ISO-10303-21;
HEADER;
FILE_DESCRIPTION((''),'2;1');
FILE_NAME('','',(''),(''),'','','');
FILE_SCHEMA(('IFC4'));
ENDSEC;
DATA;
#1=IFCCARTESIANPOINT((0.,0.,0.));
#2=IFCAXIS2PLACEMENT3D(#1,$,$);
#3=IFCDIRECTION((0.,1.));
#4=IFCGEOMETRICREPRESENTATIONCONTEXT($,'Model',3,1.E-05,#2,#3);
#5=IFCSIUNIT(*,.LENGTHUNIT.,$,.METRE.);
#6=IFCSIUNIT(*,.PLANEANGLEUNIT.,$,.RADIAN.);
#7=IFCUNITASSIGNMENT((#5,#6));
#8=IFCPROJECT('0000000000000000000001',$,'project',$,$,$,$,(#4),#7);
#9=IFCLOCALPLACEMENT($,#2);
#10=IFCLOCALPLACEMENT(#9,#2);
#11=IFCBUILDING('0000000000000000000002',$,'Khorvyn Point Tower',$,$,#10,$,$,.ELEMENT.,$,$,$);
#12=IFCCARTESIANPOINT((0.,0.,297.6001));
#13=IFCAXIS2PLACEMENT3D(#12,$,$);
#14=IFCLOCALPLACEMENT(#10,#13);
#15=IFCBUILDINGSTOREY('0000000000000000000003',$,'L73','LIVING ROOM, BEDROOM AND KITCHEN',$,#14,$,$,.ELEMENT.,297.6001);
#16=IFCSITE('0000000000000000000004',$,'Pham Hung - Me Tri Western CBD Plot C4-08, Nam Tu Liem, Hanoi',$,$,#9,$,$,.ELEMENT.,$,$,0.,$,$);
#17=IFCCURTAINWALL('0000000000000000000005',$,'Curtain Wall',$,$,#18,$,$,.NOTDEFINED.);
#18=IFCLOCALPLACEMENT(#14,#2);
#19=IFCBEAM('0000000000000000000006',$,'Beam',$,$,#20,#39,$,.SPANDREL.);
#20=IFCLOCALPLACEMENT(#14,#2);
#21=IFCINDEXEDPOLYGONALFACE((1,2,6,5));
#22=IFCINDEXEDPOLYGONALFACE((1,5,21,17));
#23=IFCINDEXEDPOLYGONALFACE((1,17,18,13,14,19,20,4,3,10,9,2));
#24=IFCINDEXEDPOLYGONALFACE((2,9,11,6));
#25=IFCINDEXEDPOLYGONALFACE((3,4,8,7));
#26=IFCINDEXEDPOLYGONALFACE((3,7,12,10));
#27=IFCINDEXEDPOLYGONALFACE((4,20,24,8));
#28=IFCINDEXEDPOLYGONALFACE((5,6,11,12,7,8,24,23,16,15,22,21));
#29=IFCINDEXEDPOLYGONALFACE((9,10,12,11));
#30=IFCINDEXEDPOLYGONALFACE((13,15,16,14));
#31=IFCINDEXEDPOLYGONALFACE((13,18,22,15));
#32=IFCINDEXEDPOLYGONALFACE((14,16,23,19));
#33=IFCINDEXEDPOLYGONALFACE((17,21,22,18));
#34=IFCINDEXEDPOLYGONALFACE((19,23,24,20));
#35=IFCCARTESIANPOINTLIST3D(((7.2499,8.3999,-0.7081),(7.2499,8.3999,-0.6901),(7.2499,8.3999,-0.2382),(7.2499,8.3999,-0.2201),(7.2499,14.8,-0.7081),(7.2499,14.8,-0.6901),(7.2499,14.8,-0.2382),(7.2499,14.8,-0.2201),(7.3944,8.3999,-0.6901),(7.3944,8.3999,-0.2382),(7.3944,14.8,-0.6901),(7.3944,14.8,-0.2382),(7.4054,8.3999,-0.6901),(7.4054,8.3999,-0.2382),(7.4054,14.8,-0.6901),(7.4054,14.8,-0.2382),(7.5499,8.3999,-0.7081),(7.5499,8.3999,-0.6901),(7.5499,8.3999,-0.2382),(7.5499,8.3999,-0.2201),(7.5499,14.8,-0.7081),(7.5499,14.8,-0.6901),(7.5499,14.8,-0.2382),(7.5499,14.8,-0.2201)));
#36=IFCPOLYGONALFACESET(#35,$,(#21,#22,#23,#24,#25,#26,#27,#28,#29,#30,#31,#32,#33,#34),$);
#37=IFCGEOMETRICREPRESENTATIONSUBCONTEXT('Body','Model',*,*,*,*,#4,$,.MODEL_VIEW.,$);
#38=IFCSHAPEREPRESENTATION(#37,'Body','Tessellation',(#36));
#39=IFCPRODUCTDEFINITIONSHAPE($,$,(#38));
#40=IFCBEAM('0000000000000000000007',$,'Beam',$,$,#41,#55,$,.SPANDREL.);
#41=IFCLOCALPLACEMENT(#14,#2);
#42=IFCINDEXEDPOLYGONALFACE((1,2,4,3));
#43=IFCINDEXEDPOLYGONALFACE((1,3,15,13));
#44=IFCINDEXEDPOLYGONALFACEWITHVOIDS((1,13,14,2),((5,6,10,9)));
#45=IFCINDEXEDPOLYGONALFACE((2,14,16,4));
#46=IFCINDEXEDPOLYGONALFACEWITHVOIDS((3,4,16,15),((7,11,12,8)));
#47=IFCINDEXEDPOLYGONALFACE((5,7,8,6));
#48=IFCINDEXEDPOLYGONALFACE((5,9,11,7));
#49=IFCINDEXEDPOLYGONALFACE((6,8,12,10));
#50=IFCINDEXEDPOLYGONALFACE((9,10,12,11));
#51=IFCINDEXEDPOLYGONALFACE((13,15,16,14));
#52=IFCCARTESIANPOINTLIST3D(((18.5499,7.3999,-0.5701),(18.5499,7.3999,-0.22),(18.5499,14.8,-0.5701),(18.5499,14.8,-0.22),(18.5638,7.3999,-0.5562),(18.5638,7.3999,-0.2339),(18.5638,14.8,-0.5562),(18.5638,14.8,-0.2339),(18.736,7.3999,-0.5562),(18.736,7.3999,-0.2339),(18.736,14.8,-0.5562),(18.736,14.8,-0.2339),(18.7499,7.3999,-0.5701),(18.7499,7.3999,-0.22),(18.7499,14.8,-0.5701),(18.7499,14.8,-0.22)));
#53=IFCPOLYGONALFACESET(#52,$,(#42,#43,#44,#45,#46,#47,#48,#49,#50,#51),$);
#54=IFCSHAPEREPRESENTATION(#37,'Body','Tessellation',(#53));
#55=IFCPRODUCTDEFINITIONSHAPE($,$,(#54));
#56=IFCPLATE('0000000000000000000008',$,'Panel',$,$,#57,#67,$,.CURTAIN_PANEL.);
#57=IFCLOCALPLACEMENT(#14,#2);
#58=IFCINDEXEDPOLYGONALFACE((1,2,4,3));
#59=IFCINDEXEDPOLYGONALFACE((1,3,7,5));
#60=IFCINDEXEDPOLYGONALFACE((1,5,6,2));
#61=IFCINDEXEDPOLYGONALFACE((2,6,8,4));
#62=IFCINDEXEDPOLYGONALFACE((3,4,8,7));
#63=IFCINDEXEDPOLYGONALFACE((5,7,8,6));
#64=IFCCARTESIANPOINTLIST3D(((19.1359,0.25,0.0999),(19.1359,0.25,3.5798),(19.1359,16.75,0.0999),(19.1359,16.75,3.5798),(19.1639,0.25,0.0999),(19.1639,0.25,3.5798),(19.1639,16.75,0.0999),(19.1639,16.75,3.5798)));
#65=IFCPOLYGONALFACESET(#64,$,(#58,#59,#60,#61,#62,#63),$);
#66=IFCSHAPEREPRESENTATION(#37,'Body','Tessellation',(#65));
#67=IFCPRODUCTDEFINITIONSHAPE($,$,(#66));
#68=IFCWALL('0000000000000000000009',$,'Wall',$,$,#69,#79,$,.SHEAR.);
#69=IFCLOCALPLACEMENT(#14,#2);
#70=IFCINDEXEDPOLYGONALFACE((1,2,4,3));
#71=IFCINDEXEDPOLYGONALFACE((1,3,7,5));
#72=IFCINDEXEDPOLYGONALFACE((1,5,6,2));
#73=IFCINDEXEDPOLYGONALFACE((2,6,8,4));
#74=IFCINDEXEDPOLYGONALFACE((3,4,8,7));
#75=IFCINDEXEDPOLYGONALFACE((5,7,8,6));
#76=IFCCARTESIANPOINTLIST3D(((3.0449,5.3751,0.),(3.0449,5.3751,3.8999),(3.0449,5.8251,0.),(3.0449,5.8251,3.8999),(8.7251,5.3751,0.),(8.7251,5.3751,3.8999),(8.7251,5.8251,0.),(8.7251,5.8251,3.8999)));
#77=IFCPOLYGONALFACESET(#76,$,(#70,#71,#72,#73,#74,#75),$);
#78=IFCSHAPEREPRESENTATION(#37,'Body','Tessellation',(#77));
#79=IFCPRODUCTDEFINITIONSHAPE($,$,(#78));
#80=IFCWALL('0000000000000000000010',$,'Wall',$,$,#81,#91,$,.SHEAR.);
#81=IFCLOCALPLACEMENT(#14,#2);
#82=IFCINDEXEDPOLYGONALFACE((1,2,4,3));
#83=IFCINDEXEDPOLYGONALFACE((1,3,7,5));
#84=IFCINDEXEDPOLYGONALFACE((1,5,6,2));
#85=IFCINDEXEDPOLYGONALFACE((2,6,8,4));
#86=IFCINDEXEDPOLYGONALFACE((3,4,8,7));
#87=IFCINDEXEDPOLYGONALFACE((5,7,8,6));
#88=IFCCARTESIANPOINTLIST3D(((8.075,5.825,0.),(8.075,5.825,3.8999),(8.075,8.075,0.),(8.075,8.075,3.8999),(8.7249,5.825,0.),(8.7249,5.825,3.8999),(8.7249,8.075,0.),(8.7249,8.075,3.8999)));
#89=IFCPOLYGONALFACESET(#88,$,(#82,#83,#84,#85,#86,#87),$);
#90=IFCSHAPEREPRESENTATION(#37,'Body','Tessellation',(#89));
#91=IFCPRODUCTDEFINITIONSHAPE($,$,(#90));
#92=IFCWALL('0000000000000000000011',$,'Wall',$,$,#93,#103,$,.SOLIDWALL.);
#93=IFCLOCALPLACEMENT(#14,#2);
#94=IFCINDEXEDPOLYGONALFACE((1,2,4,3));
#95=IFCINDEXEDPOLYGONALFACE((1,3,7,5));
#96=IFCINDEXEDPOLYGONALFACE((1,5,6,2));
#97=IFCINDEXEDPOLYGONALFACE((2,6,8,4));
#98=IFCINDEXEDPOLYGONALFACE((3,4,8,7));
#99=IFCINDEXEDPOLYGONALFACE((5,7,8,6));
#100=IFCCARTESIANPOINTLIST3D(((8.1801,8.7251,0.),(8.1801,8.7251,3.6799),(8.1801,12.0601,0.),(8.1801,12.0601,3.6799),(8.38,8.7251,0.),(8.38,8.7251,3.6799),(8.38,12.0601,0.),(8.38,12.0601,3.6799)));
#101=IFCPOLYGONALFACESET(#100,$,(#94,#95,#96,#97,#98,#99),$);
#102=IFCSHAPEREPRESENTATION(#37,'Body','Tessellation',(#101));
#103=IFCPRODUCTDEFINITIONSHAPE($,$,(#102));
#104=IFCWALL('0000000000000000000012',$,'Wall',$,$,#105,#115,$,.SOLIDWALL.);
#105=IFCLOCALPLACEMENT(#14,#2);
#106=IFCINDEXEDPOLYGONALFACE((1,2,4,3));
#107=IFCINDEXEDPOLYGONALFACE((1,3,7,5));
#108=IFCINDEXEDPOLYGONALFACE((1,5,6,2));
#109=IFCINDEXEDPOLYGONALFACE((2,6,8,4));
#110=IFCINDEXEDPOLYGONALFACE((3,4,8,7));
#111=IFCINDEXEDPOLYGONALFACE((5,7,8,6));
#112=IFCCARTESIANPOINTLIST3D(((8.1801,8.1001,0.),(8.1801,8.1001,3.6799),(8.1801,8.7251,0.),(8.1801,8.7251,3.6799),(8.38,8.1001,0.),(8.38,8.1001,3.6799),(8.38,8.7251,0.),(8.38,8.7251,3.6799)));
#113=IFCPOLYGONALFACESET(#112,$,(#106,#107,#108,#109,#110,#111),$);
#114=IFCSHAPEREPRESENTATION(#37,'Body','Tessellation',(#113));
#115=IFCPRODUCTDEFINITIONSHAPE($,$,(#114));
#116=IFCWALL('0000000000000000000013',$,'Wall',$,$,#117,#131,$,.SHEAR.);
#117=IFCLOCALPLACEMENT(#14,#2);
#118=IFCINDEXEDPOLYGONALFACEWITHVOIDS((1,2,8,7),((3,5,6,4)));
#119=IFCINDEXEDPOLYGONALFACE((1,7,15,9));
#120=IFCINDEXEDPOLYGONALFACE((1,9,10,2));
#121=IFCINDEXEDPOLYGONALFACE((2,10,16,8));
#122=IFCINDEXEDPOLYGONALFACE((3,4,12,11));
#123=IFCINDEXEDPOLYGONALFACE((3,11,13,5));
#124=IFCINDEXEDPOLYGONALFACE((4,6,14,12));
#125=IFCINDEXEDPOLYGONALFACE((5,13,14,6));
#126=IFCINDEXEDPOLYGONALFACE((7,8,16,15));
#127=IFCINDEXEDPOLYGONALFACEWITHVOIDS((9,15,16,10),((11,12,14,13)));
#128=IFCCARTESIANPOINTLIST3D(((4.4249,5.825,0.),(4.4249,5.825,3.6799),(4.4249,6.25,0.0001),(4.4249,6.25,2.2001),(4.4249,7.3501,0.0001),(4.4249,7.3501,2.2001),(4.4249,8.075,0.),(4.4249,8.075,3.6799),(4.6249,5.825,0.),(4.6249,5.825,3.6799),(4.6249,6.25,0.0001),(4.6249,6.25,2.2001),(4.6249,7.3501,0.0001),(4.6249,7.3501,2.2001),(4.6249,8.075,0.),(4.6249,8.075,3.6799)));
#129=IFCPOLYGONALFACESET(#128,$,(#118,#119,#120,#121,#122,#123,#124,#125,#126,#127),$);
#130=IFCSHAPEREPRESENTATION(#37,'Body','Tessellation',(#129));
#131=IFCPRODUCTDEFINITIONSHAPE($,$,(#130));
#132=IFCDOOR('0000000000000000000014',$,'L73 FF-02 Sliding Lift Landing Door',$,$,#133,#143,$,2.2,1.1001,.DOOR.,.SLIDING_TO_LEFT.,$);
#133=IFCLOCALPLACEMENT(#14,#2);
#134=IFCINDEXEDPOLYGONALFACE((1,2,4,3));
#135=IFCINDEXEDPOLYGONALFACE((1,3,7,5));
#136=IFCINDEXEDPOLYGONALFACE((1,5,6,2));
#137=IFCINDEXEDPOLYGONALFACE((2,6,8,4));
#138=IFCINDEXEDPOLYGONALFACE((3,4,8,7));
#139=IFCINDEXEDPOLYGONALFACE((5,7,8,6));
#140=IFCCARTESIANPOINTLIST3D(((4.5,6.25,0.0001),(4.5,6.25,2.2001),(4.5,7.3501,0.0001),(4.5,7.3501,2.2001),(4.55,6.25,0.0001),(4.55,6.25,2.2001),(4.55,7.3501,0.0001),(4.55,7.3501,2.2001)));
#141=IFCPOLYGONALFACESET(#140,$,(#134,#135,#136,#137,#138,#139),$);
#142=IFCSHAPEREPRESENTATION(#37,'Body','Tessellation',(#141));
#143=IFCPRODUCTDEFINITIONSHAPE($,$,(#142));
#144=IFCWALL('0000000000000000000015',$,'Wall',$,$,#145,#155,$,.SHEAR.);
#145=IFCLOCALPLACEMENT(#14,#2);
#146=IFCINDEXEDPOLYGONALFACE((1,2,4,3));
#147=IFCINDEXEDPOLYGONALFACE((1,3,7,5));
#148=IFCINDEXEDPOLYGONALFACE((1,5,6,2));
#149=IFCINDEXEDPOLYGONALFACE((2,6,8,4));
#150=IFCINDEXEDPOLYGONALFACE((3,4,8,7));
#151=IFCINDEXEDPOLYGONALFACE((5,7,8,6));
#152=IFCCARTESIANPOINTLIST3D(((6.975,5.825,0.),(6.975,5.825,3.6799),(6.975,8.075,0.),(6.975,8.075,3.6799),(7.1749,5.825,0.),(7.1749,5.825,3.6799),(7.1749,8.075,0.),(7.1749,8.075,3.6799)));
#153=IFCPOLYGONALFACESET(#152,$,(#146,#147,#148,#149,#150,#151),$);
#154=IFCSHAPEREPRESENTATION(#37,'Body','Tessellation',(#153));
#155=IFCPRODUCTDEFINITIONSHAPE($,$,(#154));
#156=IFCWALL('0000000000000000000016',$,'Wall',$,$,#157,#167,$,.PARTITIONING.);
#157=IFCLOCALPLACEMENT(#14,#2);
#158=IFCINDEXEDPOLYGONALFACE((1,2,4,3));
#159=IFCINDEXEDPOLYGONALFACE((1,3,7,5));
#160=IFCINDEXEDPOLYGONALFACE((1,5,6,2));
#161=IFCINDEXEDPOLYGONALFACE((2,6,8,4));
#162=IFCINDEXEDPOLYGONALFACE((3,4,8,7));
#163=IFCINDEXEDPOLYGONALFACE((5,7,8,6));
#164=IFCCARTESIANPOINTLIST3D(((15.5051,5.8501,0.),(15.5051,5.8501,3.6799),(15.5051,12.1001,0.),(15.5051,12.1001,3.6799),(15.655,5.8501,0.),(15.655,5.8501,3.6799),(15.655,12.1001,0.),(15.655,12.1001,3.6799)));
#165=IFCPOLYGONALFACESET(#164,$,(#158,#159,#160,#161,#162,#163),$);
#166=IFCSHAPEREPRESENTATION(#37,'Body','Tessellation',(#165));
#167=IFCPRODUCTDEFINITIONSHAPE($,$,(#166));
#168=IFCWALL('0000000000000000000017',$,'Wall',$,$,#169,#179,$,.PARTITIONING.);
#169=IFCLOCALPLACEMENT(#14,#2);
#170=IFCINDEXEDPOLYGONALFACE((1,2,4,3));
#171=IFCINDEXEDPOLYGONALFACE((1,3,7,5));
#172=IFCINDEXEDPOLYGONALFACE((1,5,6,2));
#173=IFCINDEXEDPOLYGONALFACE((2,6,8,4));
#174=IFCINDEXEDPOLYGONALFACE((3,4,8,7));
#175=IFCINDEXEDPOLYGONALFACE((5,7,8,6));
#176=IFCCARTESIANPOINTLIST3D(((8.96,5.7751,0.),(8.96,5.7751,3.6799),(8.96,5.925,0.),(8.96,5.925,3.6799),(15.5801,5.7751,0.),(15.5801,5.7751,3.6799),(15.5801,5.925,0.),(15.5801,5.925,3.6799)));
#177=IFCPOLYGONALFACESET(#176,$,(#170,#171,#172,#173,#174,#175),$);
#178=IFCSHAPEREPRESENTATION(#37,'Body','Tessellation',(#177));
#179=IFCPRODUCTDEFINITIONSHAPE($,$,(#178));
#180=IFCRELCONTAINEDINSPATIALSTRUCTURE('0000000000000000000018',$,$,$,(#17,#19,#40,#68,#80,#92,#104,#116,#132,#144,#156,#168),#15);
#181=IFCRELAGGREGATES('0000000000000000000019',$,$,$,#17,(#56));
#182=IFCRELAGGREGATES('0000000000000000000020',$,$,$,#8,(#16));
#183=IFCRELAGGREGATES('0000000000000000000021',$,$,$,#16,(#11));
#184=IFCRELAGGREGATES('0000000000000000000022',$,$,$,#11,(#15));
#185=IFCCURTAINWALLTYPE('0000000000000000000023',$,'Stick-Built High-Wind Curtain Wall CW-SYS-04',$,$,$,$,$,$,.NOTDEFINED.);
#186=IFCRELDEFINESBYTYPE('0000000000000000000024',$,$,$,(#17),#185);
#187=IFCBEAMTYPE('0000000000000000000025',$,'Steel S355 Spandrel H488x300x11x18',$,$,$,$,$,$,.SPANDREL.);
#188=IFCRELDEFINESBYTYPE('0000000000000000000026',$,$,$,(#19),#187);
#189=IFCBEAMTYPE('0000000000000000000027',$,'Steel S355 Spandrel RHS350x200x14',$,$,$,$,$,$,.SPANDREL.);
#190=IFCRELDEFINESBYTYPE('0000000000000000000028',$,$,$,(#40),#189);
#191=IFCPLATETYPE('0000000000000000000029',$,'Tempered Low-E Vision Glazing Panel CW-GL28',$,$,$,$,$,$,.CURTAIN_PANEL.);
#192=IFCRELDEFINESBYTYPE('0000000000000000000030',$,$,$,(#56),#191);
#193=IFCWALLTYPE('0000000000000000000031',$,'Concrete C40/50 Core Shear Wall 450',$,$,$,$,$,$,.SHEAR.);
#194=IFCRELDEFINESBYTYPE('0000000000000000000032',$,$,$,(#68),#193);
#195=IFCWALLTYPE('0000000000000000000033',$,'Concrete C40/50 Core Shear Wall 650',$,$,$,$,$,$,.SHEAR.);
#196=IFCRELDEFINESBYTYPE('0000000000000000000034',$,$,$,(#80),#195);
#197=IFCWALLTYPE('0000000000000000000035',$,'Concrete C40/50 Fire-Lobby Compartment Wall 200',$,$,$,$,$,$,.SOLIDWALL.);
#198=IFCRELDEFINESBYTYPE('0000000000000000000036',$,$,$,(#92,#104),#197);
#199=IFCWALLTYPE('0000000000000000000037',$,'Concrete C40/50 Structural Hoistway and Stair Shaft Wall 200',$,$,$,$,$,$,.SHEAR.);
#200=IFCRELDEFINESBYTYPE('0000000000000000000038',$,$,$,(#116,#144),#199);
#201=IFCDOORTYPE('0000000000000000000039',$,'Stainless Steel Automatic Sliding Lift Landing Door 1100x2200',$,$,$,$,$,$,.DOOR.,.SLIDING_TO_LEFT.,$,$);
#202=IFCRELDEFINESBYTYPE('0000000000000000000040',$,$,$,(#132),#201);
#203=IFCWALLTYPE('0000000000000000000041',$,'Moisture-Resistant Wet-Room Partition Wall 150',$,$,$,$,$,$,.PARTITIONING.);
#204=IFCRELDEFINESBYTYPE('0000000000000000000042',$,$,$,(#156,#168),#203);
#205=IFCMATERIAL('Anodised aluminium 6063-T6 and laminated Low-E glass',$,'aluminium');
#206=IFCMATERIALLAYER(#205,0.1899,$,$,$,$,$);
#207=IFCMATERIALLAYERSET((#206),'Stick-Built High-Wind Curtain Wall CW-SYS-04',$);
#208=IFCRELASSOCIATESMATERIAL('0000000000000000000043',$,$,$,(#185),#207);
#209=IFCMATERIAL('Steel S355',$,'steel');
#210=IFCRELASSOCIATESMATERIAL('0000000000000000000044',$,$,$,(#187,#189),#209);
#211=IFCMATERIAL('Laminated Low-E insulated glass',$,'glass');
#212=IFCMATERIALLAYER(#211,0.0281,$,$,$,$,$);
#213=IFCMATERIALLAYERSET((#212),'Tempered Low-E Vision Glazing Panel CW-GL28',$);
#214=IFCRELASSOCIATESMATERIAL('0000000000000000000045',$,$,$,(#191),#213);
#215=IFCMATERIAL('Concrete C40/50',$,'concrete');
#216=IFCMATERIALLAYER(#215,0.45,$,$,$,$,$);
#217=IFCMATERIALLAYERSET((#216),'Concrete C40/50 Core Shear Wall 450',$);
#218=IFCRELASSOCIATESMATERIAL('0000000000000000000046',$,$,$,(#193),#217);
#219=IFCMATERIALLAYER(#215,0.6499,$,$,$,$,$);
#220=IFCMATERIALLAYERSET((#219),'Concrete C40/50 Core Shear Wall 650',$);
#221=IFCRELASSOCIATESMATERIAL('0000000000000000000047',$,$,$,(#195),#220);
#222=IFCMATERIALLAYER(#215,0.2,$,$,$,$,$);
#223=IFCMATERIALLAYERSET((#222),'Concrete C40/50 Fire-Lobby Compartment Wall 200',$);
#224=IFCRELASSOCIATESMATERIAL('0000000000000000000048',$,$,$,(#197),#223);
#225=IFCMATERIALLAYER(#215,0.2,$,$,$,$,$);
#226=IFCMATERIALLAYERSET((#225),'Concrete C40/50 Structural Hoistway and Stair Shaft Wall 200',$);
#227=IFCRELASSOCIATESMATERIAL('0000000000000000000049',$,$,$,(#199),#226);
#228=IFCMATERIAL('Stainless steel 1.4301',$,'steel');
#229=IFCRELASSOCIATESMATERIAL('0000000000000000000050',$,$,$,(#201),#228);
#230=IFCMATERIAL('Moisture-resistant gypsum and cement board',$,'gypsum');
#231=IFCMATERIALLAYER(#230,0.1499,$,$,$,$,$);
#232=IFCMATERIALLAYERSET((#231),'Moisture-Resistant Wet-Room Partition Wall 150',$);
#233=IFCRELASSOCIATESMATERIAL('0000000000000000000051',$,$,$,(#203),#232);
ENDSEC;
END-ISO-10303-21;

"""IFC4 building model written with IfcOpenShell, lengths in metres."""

from ifc_helpers import new_model, si_unit, direction, frame, frame_2d, origin, origin_2d, place, context, subcontext, project, spatial, rectangle, hollow_rectangle, i_section, extrude, material, layer, layer_set, material_profile, profile_set, type_object, element, fill, aggregate, save


model = new_model("IFC4")

# Units and contexts
model_context = context("Model", 3, precision=1e-05, world=origin(), true_north=direction((0.0, 1.0)))
body_context = subcontext(model_context, "Body", "Model", "MODEL_VIEW")
ifc_project = project(units=[si_unit("LENGTHUNIT", "METRE"), si_unit("PLANEANGLEUNIT", "RADIAN")], contexts=[model_context])

# Site, building, storey
site_placement = place(None, origin())
site = spatial("IfcSite", under=ifc_project, at=site_placement, Name="Pham Hung - Me Tri Western CBD Plot C4-08, Nam Tu Liem, Hanoi", CompositionType="ELEMENT", RefElevation=0.0)
building_placement = place(site_placement, origin())
building = spatial("IfcBuilding", under=site, at=building_placement, Name="Khorvyn Point Tower", CompositionType="ELEMENT")
storey_placement = place(building_placement, frame((0.0, 0.0, 297.6001)))
storey = spatial("IfcBuildingStorey", under=building, at=storey_placement, Name="L73", Description="LIVING ROOM, BEDROOM AND KITCHEN", CompositionType="ELEMENT", Elevation=297.6001)

# Shared definitions
ifc_material_1 = material(Name="Concrete C40/50", Category="concrete")
ifc_material_2 = material(Name="Steel S355", Category="steel")

# Curtain wall
ifc_material_3 = material(Name="Anodised aluminium 6063-T6 and laminated Low-E glass", Category="aluminium")
ifc_layer_1 = layer(ifc_material_3, 0.1899)
ifc_layer_set_1 = layer_set([ifc_layer_1], Name="Stick-Built High-Wind Curtain Wall CW-SYS-04")
curtain_wall_type = type_object("IfcCurtainWallType", Name="Stick-Built High-Wind Curtain Wall CW-SYS-04", PredefinedType="NOTDEFINED", material=ifc_layer_set_1)
curtain_wall_placement = place(storey_placement, origin())
curtain_wall = element("IfcCurtainWall", 1, at=curtain_wall_placement, inside=storey, type_object=curtain_wall_type, Name="Curtain Wall", PredefinedType="NOTDEFINED")

# Beams
ifc_material_profile_1 = material_profile(ifc_material_2, i_section(OverallWidth=0.3, OverallDepth=0.488, WebThickness=0.011, FlangeThickness=0.0181, at=origin_2d()))
ifc_profile_set_1 = profile_set([ifc_material_profile_1], Name="Steel S355 H488x300x11x18")
beam_type_1 = type_object("IfcBeamType", Name="Steel S355 Spandrel H488x300x11x18", PredefinedType="SPANDREL", material=ifc_profile_set_1)
beam_1_placement = place(storey_placement, frame((7.3999, 8.3999, -0.4641), z_axis=(0.0, 1.0, 0.0), x_axis=(-1.0, 0.0, 0.0)))
element("IfcBeam", 2, at=beam_1_placement, inside=storey, type_object=beam_type_1, Name="Beam", PredefinedType="SPANDREL", context=body_context, shape_type="SweptSolid", body=[
    extrude(i_section(OverallWidth=0.3, OverallDepth=0.488, WebThickness=0.011, FlangeThickness=0.0181, at=origin_2d()), origin(), (0.0, 0.0, 1.0), 6.4001),
])
ifc_material_profile_2 = material_profile(ifc_material_2, hollow_rectangle(XDim=0.2, YDim=0.3501, WallThickness=0.0139, at=origin_2d()))
ifc_profile_set_2 = profile_set([ifc_material_profile_2], Name="Steel S355 RHS350x200x14")
beam_type_2 = type_object("IfcBeamType", Name="Steel S355 Spandrel RHS350x200x14", PredefinedType="SPANDREL", material=ifc_profile_set_2)
beam_2_placement = place(storey_placement, frame((18.6499, 7.3999, -0.395), z_axis=(0.0, 1.0, 0.0), x_axis=(-1.0, 0.0, 0.0)))
element("IfcBeam", 3, at=beam_2_placement, inside=storey, type_object=beam_type_2, Name="Beam", PredefinedType="SPANDREL", context=body_context, shape_type="SweptSolid", body=[
    extrude(hollow_rectangle(XDim=0.2, YDim=0.3501, WallThickness=0.0139, at=origin_2d()), origin(), (0.0, 0.0, 1.0), 7.4001),
])

# Plate
ifc_material_4 = material(Name="Laminated Low-E insulated glass", Category="glass")
ifc_layer_2 = layer(ifc_material_4, 0.0281)
ifc_layer_set_2 = layer_set([ifc_layer_2], Name="Tempered Low-E Vision Glazing Panel CW-GL28")
plate_type = type_object("IfcPlateType", Name="Tempered Low-E Vision Glazing Panel CW-GL28", PredefinedType="CURTAIN_PANEL", material=ifc_layer_set_2)
plate_placement = place(storey_placement, frame((19.1499, 8.5, 0.0999), z_axis=(0.0, 0.0, 1.0), x_axis=(0.0, -1.0, 0.0)))
plate = element("IfcPlate", 4, at=plate_placement, type_object=plate_type, Name="Panel", PredefinedType="CURTAIN_PANEL", context=body_context, shape_type="SweptSolid", body=[
    extrude(rectangle(XDim=16.5, YDim=0.0281, at=origin_2d()), origin(), (0.0, 0.0, 1.0), 3.48),
])
aggregate(curtain_wall, [plate])

# Walls
ifc_layer_3 = layer(ifc_material_1, 0.45)
ifc_layer_set_3 = layer_set([ifc_layer_3], Name="Concrete C40/50 Core Shear Wall 450")
wall_type_1 = type_object("IfcWallType", Name="Concrete C40/50 Core Shear Wall 450", PredefinedType="SHEAR", material=ifc_layer_set_3)
wall_1_placement = place(storey_placement, frame((3.0449, 5.6001, 0.0), z_axis=(0.0, 0.0, 1.0), x_axis=(1.0, 0.0, 0.0)))
element("IfcWall", 5, at=wall_1_placement, inside=storey, type_object=wall_type_1, Name="Wall", PredefinedType="SHEAR", context=body_context, shape_type="SweptSolid", body=[
    extrude(rectangle(XDim=5.6802, YDim=0.45, at=frame_2d((2.8401, 0.0))), origin(), (0.0, 0.0, 1.0), 3.8999),
])
ifc_layer_4 = layer(ifc_material_1, 0.6499)
ifc_layer_set_4 = layer_set([ifc_layer_4], Name="Concrete C40/50 Core Shear Wall 650")
wall_type_2 = type_object("IfcWallType", Name="Concrete C40/50 Core Shear Wall 650", PredefinedType="SHEAR", material=ifc_layer_set_4)
wall_2_placement = place(storey_placement, frame((8.3999, 5.825, 0.0), z_axis=(0.0, 0.0, 1.0), x_axis=(0.0, 1.0, 0.0)))
element("IfcWall", 6, at=wall_2_placement, inside=storey, type_object=wall_type_2, Name="Wall", PredefinedType="SHEAR", context=body_context, shape_type="SweptSolid", body=[
    extrude(rectangle(XDim=2.25, YDim=0.6499, at=frame_2d((1.125, 0.0))), origin(), (0.0, 0.0, 1.0), 3.8999),
])
ifc_layer_5 = layer(ifc_material_1, 0.2)
ifc_layer_set_5 = layer_set([ifc_layer_5], Name="Concrete C40/50 Fire-Lobby Compartment Wall 200")
wall_type_3 = type_object("IfcWallType", Name="Concrete C40/50 Fire-Lobby Compartment Wall 200", PredefinedType="SOLIDWALL", material=ifc_layer_set_5)
wall_3_placement = place(storey_placement, frame((8.28, 8.7251, 0.0), z_axis=(0.0, 0.0, 1.0), x_axis=(0.0, 1.0, 0.0)))
element("IfcWall", 7, at=wall_3_placement, inside=storey, type_object=wall_type_3, Name="Wall", PredefinedType="SOLIDWALL", context=body_context, shape_type="SweptSolid", body=[
    extrude(rectangle(XDim=3.335, YDim=0.2, at=frame_2d((1.6675, 0.0))), origin(), (0.0, 0.0, 1.0), 3.6799),
])
wall_4_placement = place(storey_placement, frame((8.28, 8.1001, 0.0), z_axis=(0.0, 0.0, 1.0), x_axis=(0.0, 1.0, 0.0)))
element("IfcWall", 8, at=wall_4_placement, inside=storey, type_object=wall_type_3, Name="Wall", PredefinedType="SOLIDWALL", context=body_context, shape_type="SweptSolid", body=[
    extrude(rectangle(XDim=0.625, YDim=0.2, at=frame_2d((0.3125, 0.0))), origin(), (0.0, 0.0, 1.0), 3.6799),
])

# Wall, opening, door
ifc_layer_6 = layer(ifc_material_1, 0.2)
ifc_layer_set_6 = layer_set([ifc_layer_6], Name="Concrete C40/50 Structural Hoistway and Stair Shaft Wall 200")
wall_type_4 = type_object("IfcWallType", Name="Concrete C40/50 Structural Hoistway and Stair Shaft Wall 200", PredefinedType="SHEAR", material=ifc_layer_set_6)
wall_5_placement = place(storey_placement, frame((4.5249, 5.825, 0.0), z_axis=(0.0, 0.0, 1.0), x_axis=(0.0, 1.0, 0.0)))
wall_5 = element("IfcWall", 9, at=wall_5_placement, inside=storey, type_object=wall_type_4, Name="Wall", PredefinedType="SHEAR", context=body_context, shape_type="SweptSolid", body=[
    extrude(rectangle(XDim=2.25, YDim=0.2, at=frame_2d((1.125, 0.0))), origin(), (0.0, 0.0, 1.0), 3.6799),
])
opening_1_placement = place(wall_5_placement, frame((0.425, 0.0, 0.0)))
opening_1 = element("IfcOpeningElement", 10, at=opening_1_placement, cuts=wall_5, PredefinedType="OPENING", context=body_context, shape_type="SweptSolid", body=[
    extrude(rectangle(XDim=1.1001, YDim=2.2, at=frame_2d((0.55, 1.1001))), frame((0.0, 0.1099, 0.0), z_axis=(0.0, -1.0, 0.0), x_axis=(1.0, 0.0, 0.0)), (0.0, 0.0, 1.0), 0.22),
])
ifc_material_5 = material(Name="Stainless steel 1.4301", Category="steel")
door_type_1 = type_object("IfcDoorType", Name="Stainless Steel Automatic Sliding Lift Landing Door 1100x2200", OperationType="SLIDING_TO_LEFT", PredefinedType="DOOR", material=ifc_material_5)
door_1_placement = place(opening_1_placement, origin())
door_1 = element("IfcDoor", 11, at=door_1_placement, inside=storey, type_object=door_type_1, Name="L73 FF-02 Sliding Lift Landing Door", OperationType="SLIDING_TO_LEFT", OverallHeight=2.2, OverallWidth=1.1001, PredefinedType="DOOR", context=body_context, shape_type="SweptSolid", body=[
    extrude(rectangle(XDim=1.1001, YDim=2.2, at=frame_2d((0.55, 1.1001))), frame((0.0, 0.0249, 0.0), z_axis=(0.0, -1.0, 0.0), x_axis=(1.0, 0.0, 0.0)), (0.0, 0.0, 1.0), 0.05),
])
fill(opening_1, door_1)

# Walls
wall_6_placement = place(storey_placement, frame((7.075, 5.825, 0.0), z_axis=(0.0, 0.0, 1.0), x_axis=(0.0, 1.0, 0.0)))
element("IfcWall", 12, at=wall_6_placement, inside=storey, type_object=wall_type_4, Name="Wall", PredefinedType="SHEAR", context=body_context, shape_type="SweptSolid", body=[
    extrude(rectangle(XDim=2.25, YDim=0.2, at=frame_2d((1.125, 0.0))), origin(), (0.0, 0.0, 1.0), 3.6799),
])
ifc_material_6 = material(Name="Moisture-resistant gypsum and cement board", Category="gypsum")
ifc_layer_7 = layer(ifc_material_6, 0.1499)
ifc_layer_set_7 = layer_set([ifc_layer_7], Name="Moisture-Resistant Wet-Room Partition Wall 150")
wall_type_5 = type_object("IfcWallType", Name="Moisture-Resistant Wet-Room Partition Wall 150", PredefinedType="PARTITIONING", material=ifc_layer_set_7)
wall_7_placement = place(storey_placement, frame((15.5801, 5.8501, 0.0), z_axis=(0.0, 0.0, 1.0), x_axis=(0.0, 1.0, 0.0)))
element("IfcWall", 13, at=wall_7_placement, inside=storey, type_object=wall_type_5, Name="Wall", PredefinedType="PARTITIONING", context=body_context, shape_type="SweptSolid", body=[
    extrude(rectangle(XDim=6.25, YDim=0.1499, at=frame_2d((3.125, 0.0))), origin(), (0.0, 0.0, 1.0), 3.6799),
])
wall_8_placement = place(storey_placement, frame((8.96, 5.8501, 0.0), z_axis=(0.0, 0.0, 1.0), x_axis=(1.0, 0.0, 0.0)))
element("IfcWall", 14, at=wall_8_placement, inside=storey, type_object=wall_type_5, Name="Wall", PredefinedType="PARTITIONING", context=body_context, shape_type="SweptSolid", body=[
    extrude(rectangle(XDim=6.6201, YDim=0.1499, at=frame_2d((3.3101, 0.0))), origin(), (0.0, 0.0, 1.0), 3.6799),
])

save(model, "model.ifc")
